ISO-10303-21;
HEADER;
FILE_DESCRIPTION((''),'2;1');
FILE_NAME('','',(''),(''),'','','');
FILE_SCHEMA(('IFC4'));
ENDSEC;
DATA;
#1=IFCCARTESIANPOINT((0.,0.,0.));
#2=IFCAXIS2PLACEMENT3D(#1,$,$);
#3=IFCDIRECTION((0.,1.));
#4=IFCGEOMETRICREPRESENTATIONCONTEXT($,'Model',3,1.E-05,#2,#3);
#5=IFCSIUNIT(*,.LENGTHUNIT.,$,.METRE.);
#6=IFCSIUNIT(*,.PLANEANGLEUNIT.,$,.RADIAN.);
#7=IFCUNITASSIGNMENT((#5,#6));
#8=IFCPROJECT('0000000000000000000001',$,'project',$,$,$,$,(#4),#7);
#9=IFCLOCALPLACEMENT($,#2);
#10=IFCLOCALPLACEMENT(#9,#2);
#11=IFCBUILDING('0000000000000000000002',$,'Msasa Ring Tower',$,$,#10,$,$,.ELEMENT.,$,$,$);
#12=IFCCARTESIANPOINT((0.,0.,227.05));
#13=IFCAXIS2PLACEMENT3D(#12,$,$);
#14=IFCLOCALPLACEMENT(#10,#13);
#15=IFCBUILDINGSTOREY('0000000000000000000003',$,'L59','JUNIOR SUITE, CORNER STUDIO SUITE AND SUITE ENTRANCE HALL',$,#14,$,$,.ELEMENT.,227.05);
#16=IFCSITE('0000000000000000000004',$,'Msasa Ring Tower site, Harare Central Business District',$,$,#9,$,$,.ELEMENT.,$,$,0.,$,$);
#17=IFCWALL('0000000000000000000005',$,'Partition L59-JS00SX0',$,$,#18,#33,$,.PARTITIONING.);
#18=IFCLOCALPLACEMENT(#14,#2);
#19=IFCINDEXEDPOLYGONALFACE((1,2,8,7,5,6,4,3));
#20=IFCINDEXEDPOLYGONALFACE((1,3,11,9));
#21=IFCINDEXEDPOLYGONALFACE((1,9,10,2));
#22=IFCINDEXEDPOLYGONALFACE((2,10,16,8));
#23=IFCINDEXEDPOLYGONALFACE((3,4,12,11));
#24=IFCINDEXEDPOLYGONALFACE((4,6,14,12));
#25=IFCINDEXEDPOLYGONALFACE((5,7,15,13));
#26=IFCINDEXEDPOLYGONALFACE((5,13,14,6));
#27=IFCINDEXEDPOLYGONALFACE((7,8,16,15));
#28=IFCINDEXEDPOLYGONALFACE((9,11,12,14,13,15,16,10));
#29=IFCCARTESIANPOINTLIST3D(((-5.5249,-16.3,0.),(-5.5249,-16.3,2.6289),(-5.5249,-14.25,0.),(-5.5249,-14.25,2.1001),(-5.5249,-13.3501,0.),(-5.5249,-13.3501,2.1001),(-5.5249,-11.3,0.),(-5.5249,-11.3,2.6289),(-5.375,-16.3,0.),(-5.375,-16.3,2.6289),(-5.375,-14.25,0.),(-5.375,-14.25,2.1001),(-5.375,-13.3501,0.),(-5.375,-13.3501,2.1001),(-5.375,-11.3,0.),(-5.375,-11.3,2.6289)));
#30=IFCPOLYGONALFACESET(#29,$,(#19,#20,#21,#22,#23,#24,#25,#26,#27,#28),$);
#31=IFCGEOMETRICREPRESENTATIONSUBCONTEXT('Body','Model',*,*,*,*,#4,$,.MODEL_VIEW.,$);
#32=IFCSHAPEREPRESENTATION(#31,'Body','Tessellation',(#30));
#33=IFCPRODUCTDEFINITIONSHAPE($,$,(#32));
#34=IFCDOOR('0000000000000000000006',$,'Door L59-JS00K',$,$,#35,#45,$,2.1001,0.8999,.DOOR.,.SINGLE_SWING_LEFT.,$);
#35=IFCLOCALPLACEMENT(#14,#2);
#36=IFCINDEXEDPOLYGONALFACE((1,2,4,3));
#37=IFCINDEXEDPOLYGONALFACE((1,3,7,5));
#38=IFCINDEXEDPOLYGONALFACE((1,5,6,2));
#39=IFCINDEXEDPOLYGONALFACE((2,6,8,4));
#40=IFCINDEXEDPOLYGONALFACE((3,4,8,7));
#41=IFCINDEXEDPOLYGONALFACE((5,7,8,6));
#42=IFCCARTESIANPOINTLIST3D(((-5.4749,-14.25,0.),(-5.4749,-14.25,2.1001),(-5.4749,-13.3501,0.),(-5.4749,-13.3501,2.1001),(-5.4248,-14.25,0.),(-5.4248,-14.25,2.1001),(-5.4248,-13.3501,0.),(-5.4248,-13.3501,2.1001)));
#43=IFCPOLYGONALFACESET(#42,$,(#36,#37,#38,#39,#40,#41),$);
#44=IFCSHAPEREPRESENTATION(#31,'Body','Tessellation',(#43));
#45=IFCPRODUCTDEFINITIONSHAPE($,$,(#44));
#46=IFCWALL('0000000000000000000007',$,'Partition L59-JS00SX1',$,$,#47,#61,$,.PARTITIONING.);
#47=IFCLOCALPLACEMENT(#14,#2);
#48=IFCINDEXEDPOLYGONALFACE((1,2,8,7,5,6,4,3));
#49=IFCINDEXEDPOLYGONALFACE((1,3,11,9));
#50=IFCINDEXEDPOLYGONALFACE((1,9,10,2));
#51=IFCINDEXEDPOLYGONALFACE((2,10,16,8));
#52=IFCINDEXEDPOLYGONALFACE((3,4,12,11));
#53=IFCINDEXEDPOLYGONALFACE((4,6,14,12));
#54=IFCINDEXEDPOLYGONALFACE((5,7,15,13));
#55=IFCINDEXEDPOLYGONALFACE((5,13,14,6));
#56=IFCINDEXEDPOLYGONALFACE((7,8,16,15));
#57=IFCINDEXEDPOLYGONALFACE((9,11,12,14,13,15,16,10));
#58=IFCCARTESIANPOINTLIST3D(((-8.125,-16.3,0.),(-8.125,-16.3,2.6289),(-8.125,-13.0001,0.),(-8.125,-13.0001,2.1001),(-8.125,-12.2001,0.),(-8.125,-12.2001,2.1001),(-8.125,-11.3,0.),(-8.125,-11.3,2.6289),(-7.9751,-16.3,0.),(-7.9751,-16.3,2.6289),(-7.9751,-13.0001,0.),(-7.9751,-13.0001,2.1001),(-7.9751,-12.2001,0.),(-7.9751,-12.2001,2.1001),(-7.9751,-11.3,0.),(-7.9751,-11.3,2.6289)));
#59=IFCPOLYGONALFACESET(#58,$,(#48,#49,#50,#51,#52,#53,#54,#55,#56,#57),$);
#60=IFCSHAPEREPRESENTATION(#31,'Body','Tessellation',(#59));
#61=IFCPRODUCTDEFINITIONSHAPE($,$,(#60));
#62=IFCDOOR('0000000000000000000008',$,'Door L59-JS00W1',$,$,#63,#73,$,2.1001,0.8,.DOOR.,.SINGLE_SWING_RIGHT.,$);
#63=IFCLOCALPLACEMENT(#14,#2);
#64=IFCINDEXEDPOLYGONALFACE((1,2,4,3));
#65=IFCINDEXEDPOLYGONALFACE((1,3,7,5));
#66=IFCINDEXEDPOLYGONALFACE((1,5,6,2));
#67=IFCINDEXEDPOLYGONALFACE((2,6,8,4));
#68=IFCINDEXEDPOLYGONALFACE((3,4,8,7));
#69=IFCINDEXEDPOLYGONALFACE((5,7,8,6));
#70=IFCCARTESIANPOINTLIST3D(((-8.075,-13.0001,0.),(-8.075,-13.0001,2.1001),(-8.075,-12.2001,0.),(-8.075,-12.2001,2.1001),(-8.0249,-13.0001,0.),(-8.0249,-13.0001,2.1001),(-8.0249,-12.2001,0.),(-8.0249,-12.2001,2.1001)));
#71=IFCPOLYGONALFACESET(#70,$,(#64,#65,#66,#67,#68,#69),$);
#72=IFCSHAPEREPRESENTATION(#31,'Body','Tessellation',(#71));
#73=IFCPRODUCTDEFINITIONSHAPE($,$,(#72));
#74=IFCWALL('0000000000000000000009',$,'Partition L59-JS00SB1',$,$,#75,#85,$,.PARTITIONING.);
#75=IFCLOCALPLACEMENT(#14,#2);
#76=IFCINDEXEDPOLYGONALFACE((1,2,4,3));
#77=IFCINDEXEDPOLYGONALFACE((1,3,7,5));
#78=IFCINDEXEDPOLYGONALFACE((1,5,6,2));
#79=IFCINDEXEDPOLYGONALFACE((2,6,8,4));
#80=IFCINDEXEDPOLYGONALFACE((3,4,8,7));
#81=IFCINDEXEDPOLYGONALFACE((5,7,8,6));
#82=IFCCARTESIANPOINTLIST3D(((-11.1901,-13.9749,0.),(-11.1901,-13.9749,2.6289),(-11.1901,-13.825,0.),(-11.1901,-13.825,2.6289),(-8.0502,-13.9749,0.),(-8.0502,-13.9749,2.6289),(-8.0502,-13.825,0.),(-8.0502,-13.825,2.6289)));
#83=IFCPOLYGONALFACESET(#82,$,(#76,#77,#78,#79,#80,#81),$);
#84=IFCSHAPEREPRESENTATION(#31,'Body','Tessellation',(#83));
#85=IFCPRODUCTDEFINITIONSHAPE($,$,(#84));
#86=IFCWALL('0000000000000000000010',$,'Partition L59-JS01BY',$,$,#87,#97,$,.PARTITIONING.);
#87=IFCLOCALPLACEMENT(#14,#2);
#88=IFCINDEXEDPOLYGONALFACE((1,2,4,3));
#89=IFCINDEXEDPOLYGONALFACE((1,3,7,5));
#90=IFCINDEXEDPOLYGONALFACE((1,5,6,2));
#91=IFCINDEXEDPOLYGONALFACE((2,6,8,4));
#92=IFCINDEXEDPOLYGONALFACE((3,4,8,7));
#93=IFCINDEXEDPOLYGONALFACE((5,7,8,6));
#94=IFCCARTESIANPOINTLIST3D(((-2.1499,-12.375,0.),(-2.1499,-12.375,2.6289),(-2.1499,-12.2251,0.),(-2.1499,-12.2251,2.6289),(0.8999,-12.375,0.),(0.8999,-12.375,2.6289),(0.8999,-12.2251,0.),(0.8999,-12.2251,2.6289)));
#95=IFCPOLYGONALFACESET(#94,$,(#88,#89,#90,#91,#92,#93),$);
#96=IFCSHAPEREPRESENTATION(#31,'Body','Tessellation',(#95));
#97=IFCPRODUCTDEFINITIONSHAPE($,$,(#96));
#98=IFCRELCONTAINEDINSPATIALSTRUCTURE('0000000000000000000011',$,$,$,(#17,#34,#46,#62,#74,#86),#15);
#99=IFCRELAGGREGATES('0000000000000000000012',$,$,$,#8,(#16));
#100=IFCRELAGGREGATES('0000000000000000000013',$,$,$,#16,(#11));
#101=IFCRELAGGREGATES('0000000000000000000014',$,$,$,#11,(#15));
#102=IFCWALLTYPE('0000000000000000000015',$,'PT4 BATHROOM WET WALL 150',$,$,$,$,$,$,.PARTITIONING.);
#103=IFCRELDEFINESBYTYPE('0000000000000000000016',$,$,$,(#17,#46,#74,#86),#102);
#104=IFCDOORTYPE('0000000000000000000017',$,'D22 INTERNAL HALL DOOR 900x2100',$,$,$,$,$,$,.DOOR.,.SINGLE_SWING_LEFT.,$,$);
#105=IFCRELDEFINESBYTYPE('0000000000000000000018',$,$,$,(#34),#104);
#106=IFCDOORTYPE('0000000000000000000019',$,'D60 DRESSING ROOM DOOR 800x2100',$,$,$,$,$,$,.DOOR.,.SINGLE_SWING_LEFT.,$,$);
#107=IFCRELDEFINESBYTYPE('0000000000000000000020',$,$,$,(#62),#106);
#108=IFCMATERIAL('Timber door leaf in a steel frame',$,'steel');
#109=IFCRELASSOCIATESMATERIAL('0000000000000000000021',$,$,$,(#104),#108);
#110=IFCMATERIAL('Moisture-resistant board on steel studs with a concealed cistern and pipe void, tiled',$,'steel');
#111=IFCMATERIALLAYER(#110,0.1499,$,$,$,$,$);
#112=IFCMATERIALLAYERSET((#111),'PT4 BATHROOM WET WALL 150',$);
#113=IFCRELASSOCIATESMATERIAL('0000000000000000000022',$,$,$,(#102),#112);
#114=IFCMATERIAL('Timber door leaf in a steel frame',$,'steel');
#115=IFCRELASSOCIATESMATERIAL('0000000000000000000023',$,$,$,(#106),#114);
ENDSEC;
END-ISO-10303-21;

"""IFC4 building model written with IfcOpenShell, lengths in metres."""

from ifc_helpers import new_model, si_unit, direction, frame, frame_2d, origin, place, context, subcontext, project, spatial, rectangle, extrude, material, layer, layer_set, type_object, element, fill, save


model = new_model("IFC4")

# Units and contexts
model_context = context("Model", 3, precision=1e-05, world=origin(), true_north=direction((0.0, 1.0)))
body_context = subcontext(model_context, "Body", "Model", "MODEL_VIEW")
ifc_project = project(units=[si_unit("LENGTHUNIT", "METRE"), si_unit("PLANEANGLEUNIT", "RADIAN")], contexts=[model_context])

# Site, building, storey
site_placement = place(None, origin())
site = spatial("IfcSite", under=ifc_project, at=site_placement, Name="Msasa Ring Tower site, Harare Central Business District", CompositionType="ELEMENT", RefElevation=0.0)
building_placement = place(site_placement, origin())
building = spatial("IfcBuilding", under=site, at=building_placement, Name="Msasa Ring Tower", CompositionType="ELEMENT")
storey_placement = place(building_placement, frame((0.0, 0.0, 227.05)))
storey = spatial("IfcBuildingStorey", under=building, at=storey_placement, Name="L59", Description="JUNIOR SUITE, CORNER STUDIO SUITE AND SUITE ENTRANCE HALL", CompositionType="ELEMENT", Elevation=227.05)

# Shared definitions
ifc_material_1 = material(Name="Timber door leaf in a steel frame", Category="steel")
door_type_1 = type_object("IfcDoorType", Name="D22 INTERNAL HALL DOOR 900x2100", OperationType="SINGLE_SWING_LEFT", PredefinedType="DOOR", material=ifc_material_1)

# Walls, openings, doors
ifc_material_2 = material(Name="Moisture-resistant board on steel studs with a concealed cistern and pipe void, tiled", Category="steel")
ifc_layer_1 = layer(ifc_material_2, 0.1499)
ifc_layer_set_1 = layer_set([ifc_layer_1], Name="PT4 BATHROOM WET WALL 150")
wall_type_1 = type_object("IfcWallType", Name="PT4 BATHROOM WET WALL 150", PredefinedType="PARTITIONING", material=ifc_layer_set_1)
wall_1_placement = place(storey_placement, frame((-5.45, -16.3, 0.0), z_axis=(0.0, 0.0, 1.0), x_axis=(0.0, 1.0, 0.0)))
wall_1 = element("IfcWall", 1, at=wall_1_placement, inside=storey, type_object=wall_type_1, Name="Partition L59-JS00SX0", PredefinedType="PARTITIONING", context=body_context, shape_type="SweptSolid", body=[
    extrude(rectangle(XDim=5.0, YDim=0.1499, at=frame_2d((2.5, 0.0))), origin(), (0.0, 0.0, 1.0), 2.6289),
])
opening_1_placement = place(wall_1_placement, frame((2.05, 0.0, 0.0)))
opening_1 = element("IfcOpeningElement", 2, at=opening_1_placement, cuts=wall_1, PredefinedType="OPENING", context=body_context, shape_type="SweptSolid", body=[
    extrude(rectangle(XDim=0.8999, YDim=2.1001, at=frame_2d((0.45, 1.05))), frame((0.0, 0.085, 0.0), z_axis=(0.0, -1.0, 0.0), x_axis=(1.0, 0.0, 0.0)), (0.0, 0.0, 1.0), 0.1699),
])
door_1_placement = place(opening_1_placement, origin())
door_1 = element("IfcDoor", 3, at=door_1_placement, inside=storey, type_object=door_type_1, Name="Door L59-JS00K", OperationType="SINGLE_SWING_LEFT", OverallHeight=2.1001, OverallWidth=0.8999, PredefinedType="DOOR", context=body_context, shape_type="SweptSolid", body=[
    extrude(rectangle(XDim=0.8999, YDim=2.1001, at=frame_2d((0.45, 1.05))), frame((0.0, 0.0249, 0.0), z_axis=(0.0, -1.0, 0.0), x_axis=(1.0, 0.0, 0.0)), (0.0, 0.0, 1.0), 0.05),
])
fill(opening_1, door_1)
wall_2_placement = place(storey_placement, frame((-8.05, -16.3, 0.0), z_axis=(0.0, 0.0, 1.0), x_axis=(0.0, 1.0, 0.0)))
wall_2 = element("IfcWall", 4, at=wall_2_placement, inside=storey, type_object=wall_type_1, Name="Partition L59-JS00SX1", PredefinedType="PARTITIONING", context=body_context, shape_type="SweptSolid", body=[
    extrude(rectangle(XDim=5.0, YDim=0.1499, at=frame_2d((2.5, 0.0))), origin(), (0.0, 0.0, 1.0), 2.6289),
])
opening_2_placement = place(wall_2_placement, frame((3.3, 0.0, 0.0)))
opening_2 = element("IfcOpeningElement", 5, at=opening_2_placement, cuts=wall_2, PredefinedType="OPENING", context=body_context, shape_type="SweptSolid", body=[
    extrude(rectangle(XDim=0.8, YDim=2.1001, at=frame_2d((0.3999, 1.05))), frame((0.0, 0.085, 0.0), z_axis=(0.0, -1.0, 0.0), x_axis=(1.0, 0.0, 0.0)), (0.0, 0.0, 1.0), 0.1699),
])
ifc_material_3 = material(Name="Timber door leaf in a steel frame", Category="steel")
door_type_2 = type_object("IfcDoorType", Name="D60 DRESSING ROOM DOOR 800x2100", OperationType="SINGLE_SWING_LEFT", PredefinedType="DOOR", material=ifc_material_3)
door_2_placement = place(opening_2_placement, origin())
door_2 = element("IfcDoor", 6, at=door_2_placement, inside=storey, type_object=door_type_2, Name="Door L59-JS00W1", OperationType="SINGLE_SWING_RIGHT", OverallHeight=2.1001, OverallWidth=0.8, PredefinedType="DOOR", context=body_context, shape_type="SweptSolid", body=[
    extrude(rectangle(XDim=0.8, YDim=2.1001, at=frame_2d((0.3999, 1.05))), frame((0.0, 0.0249, 0.0), z_axis=(0.0, -1.0, 0.0), x_axis=(1.0, 0.0, 0.0)), (0.0, 0.0, 1.0), 0.05),
])
fill(opening_2, door_2)

# Walls
wall_3_placement = place(storey_placement, frame((-11.1899, -13.8999, 0.0), z_axis=(0.0, 0.0, 1.0), x_axis=(1.0, 0.0, 0.0)))
element("IfcWall", 7, at=wall_3_placement, inside=storey, type_object=wall_type_1, Name="Partition L59-JS00SB1", PredefinedType="PARTITIONING", context=body_context, shape_type="SweptSolid", body=[
    extrude(rectangle(XDim=3.1399, YDim=0.1499, at=frame_2d((1.5698, 0.0))), origin(), (0.0, 0.0, 1.0), 2.6289),
])
wall_4_placement = place(storey_placement, frame((-2.1499, -12.3, 0.0), z_axis=(0.0, 0.0, 1.0), x_axis=(1.0, 0.0, 0.0)))
element("IfcWall", 8, at=wall_4_placement, inside=storey, type_object=wall_type_1, Name="Partition L59-JS01BY", PredefinedType="PARTITIONING", context=body_context, shape_type="SweptSolid", body=[
    extrude(rectangle(XDim=3.0498, YDim=0.1499, at=frame_2d((1.5249, 0.0))), origin(), (0.0, 0.0, 1.0), 2.6289),
])

save(model, "model.ifc")
